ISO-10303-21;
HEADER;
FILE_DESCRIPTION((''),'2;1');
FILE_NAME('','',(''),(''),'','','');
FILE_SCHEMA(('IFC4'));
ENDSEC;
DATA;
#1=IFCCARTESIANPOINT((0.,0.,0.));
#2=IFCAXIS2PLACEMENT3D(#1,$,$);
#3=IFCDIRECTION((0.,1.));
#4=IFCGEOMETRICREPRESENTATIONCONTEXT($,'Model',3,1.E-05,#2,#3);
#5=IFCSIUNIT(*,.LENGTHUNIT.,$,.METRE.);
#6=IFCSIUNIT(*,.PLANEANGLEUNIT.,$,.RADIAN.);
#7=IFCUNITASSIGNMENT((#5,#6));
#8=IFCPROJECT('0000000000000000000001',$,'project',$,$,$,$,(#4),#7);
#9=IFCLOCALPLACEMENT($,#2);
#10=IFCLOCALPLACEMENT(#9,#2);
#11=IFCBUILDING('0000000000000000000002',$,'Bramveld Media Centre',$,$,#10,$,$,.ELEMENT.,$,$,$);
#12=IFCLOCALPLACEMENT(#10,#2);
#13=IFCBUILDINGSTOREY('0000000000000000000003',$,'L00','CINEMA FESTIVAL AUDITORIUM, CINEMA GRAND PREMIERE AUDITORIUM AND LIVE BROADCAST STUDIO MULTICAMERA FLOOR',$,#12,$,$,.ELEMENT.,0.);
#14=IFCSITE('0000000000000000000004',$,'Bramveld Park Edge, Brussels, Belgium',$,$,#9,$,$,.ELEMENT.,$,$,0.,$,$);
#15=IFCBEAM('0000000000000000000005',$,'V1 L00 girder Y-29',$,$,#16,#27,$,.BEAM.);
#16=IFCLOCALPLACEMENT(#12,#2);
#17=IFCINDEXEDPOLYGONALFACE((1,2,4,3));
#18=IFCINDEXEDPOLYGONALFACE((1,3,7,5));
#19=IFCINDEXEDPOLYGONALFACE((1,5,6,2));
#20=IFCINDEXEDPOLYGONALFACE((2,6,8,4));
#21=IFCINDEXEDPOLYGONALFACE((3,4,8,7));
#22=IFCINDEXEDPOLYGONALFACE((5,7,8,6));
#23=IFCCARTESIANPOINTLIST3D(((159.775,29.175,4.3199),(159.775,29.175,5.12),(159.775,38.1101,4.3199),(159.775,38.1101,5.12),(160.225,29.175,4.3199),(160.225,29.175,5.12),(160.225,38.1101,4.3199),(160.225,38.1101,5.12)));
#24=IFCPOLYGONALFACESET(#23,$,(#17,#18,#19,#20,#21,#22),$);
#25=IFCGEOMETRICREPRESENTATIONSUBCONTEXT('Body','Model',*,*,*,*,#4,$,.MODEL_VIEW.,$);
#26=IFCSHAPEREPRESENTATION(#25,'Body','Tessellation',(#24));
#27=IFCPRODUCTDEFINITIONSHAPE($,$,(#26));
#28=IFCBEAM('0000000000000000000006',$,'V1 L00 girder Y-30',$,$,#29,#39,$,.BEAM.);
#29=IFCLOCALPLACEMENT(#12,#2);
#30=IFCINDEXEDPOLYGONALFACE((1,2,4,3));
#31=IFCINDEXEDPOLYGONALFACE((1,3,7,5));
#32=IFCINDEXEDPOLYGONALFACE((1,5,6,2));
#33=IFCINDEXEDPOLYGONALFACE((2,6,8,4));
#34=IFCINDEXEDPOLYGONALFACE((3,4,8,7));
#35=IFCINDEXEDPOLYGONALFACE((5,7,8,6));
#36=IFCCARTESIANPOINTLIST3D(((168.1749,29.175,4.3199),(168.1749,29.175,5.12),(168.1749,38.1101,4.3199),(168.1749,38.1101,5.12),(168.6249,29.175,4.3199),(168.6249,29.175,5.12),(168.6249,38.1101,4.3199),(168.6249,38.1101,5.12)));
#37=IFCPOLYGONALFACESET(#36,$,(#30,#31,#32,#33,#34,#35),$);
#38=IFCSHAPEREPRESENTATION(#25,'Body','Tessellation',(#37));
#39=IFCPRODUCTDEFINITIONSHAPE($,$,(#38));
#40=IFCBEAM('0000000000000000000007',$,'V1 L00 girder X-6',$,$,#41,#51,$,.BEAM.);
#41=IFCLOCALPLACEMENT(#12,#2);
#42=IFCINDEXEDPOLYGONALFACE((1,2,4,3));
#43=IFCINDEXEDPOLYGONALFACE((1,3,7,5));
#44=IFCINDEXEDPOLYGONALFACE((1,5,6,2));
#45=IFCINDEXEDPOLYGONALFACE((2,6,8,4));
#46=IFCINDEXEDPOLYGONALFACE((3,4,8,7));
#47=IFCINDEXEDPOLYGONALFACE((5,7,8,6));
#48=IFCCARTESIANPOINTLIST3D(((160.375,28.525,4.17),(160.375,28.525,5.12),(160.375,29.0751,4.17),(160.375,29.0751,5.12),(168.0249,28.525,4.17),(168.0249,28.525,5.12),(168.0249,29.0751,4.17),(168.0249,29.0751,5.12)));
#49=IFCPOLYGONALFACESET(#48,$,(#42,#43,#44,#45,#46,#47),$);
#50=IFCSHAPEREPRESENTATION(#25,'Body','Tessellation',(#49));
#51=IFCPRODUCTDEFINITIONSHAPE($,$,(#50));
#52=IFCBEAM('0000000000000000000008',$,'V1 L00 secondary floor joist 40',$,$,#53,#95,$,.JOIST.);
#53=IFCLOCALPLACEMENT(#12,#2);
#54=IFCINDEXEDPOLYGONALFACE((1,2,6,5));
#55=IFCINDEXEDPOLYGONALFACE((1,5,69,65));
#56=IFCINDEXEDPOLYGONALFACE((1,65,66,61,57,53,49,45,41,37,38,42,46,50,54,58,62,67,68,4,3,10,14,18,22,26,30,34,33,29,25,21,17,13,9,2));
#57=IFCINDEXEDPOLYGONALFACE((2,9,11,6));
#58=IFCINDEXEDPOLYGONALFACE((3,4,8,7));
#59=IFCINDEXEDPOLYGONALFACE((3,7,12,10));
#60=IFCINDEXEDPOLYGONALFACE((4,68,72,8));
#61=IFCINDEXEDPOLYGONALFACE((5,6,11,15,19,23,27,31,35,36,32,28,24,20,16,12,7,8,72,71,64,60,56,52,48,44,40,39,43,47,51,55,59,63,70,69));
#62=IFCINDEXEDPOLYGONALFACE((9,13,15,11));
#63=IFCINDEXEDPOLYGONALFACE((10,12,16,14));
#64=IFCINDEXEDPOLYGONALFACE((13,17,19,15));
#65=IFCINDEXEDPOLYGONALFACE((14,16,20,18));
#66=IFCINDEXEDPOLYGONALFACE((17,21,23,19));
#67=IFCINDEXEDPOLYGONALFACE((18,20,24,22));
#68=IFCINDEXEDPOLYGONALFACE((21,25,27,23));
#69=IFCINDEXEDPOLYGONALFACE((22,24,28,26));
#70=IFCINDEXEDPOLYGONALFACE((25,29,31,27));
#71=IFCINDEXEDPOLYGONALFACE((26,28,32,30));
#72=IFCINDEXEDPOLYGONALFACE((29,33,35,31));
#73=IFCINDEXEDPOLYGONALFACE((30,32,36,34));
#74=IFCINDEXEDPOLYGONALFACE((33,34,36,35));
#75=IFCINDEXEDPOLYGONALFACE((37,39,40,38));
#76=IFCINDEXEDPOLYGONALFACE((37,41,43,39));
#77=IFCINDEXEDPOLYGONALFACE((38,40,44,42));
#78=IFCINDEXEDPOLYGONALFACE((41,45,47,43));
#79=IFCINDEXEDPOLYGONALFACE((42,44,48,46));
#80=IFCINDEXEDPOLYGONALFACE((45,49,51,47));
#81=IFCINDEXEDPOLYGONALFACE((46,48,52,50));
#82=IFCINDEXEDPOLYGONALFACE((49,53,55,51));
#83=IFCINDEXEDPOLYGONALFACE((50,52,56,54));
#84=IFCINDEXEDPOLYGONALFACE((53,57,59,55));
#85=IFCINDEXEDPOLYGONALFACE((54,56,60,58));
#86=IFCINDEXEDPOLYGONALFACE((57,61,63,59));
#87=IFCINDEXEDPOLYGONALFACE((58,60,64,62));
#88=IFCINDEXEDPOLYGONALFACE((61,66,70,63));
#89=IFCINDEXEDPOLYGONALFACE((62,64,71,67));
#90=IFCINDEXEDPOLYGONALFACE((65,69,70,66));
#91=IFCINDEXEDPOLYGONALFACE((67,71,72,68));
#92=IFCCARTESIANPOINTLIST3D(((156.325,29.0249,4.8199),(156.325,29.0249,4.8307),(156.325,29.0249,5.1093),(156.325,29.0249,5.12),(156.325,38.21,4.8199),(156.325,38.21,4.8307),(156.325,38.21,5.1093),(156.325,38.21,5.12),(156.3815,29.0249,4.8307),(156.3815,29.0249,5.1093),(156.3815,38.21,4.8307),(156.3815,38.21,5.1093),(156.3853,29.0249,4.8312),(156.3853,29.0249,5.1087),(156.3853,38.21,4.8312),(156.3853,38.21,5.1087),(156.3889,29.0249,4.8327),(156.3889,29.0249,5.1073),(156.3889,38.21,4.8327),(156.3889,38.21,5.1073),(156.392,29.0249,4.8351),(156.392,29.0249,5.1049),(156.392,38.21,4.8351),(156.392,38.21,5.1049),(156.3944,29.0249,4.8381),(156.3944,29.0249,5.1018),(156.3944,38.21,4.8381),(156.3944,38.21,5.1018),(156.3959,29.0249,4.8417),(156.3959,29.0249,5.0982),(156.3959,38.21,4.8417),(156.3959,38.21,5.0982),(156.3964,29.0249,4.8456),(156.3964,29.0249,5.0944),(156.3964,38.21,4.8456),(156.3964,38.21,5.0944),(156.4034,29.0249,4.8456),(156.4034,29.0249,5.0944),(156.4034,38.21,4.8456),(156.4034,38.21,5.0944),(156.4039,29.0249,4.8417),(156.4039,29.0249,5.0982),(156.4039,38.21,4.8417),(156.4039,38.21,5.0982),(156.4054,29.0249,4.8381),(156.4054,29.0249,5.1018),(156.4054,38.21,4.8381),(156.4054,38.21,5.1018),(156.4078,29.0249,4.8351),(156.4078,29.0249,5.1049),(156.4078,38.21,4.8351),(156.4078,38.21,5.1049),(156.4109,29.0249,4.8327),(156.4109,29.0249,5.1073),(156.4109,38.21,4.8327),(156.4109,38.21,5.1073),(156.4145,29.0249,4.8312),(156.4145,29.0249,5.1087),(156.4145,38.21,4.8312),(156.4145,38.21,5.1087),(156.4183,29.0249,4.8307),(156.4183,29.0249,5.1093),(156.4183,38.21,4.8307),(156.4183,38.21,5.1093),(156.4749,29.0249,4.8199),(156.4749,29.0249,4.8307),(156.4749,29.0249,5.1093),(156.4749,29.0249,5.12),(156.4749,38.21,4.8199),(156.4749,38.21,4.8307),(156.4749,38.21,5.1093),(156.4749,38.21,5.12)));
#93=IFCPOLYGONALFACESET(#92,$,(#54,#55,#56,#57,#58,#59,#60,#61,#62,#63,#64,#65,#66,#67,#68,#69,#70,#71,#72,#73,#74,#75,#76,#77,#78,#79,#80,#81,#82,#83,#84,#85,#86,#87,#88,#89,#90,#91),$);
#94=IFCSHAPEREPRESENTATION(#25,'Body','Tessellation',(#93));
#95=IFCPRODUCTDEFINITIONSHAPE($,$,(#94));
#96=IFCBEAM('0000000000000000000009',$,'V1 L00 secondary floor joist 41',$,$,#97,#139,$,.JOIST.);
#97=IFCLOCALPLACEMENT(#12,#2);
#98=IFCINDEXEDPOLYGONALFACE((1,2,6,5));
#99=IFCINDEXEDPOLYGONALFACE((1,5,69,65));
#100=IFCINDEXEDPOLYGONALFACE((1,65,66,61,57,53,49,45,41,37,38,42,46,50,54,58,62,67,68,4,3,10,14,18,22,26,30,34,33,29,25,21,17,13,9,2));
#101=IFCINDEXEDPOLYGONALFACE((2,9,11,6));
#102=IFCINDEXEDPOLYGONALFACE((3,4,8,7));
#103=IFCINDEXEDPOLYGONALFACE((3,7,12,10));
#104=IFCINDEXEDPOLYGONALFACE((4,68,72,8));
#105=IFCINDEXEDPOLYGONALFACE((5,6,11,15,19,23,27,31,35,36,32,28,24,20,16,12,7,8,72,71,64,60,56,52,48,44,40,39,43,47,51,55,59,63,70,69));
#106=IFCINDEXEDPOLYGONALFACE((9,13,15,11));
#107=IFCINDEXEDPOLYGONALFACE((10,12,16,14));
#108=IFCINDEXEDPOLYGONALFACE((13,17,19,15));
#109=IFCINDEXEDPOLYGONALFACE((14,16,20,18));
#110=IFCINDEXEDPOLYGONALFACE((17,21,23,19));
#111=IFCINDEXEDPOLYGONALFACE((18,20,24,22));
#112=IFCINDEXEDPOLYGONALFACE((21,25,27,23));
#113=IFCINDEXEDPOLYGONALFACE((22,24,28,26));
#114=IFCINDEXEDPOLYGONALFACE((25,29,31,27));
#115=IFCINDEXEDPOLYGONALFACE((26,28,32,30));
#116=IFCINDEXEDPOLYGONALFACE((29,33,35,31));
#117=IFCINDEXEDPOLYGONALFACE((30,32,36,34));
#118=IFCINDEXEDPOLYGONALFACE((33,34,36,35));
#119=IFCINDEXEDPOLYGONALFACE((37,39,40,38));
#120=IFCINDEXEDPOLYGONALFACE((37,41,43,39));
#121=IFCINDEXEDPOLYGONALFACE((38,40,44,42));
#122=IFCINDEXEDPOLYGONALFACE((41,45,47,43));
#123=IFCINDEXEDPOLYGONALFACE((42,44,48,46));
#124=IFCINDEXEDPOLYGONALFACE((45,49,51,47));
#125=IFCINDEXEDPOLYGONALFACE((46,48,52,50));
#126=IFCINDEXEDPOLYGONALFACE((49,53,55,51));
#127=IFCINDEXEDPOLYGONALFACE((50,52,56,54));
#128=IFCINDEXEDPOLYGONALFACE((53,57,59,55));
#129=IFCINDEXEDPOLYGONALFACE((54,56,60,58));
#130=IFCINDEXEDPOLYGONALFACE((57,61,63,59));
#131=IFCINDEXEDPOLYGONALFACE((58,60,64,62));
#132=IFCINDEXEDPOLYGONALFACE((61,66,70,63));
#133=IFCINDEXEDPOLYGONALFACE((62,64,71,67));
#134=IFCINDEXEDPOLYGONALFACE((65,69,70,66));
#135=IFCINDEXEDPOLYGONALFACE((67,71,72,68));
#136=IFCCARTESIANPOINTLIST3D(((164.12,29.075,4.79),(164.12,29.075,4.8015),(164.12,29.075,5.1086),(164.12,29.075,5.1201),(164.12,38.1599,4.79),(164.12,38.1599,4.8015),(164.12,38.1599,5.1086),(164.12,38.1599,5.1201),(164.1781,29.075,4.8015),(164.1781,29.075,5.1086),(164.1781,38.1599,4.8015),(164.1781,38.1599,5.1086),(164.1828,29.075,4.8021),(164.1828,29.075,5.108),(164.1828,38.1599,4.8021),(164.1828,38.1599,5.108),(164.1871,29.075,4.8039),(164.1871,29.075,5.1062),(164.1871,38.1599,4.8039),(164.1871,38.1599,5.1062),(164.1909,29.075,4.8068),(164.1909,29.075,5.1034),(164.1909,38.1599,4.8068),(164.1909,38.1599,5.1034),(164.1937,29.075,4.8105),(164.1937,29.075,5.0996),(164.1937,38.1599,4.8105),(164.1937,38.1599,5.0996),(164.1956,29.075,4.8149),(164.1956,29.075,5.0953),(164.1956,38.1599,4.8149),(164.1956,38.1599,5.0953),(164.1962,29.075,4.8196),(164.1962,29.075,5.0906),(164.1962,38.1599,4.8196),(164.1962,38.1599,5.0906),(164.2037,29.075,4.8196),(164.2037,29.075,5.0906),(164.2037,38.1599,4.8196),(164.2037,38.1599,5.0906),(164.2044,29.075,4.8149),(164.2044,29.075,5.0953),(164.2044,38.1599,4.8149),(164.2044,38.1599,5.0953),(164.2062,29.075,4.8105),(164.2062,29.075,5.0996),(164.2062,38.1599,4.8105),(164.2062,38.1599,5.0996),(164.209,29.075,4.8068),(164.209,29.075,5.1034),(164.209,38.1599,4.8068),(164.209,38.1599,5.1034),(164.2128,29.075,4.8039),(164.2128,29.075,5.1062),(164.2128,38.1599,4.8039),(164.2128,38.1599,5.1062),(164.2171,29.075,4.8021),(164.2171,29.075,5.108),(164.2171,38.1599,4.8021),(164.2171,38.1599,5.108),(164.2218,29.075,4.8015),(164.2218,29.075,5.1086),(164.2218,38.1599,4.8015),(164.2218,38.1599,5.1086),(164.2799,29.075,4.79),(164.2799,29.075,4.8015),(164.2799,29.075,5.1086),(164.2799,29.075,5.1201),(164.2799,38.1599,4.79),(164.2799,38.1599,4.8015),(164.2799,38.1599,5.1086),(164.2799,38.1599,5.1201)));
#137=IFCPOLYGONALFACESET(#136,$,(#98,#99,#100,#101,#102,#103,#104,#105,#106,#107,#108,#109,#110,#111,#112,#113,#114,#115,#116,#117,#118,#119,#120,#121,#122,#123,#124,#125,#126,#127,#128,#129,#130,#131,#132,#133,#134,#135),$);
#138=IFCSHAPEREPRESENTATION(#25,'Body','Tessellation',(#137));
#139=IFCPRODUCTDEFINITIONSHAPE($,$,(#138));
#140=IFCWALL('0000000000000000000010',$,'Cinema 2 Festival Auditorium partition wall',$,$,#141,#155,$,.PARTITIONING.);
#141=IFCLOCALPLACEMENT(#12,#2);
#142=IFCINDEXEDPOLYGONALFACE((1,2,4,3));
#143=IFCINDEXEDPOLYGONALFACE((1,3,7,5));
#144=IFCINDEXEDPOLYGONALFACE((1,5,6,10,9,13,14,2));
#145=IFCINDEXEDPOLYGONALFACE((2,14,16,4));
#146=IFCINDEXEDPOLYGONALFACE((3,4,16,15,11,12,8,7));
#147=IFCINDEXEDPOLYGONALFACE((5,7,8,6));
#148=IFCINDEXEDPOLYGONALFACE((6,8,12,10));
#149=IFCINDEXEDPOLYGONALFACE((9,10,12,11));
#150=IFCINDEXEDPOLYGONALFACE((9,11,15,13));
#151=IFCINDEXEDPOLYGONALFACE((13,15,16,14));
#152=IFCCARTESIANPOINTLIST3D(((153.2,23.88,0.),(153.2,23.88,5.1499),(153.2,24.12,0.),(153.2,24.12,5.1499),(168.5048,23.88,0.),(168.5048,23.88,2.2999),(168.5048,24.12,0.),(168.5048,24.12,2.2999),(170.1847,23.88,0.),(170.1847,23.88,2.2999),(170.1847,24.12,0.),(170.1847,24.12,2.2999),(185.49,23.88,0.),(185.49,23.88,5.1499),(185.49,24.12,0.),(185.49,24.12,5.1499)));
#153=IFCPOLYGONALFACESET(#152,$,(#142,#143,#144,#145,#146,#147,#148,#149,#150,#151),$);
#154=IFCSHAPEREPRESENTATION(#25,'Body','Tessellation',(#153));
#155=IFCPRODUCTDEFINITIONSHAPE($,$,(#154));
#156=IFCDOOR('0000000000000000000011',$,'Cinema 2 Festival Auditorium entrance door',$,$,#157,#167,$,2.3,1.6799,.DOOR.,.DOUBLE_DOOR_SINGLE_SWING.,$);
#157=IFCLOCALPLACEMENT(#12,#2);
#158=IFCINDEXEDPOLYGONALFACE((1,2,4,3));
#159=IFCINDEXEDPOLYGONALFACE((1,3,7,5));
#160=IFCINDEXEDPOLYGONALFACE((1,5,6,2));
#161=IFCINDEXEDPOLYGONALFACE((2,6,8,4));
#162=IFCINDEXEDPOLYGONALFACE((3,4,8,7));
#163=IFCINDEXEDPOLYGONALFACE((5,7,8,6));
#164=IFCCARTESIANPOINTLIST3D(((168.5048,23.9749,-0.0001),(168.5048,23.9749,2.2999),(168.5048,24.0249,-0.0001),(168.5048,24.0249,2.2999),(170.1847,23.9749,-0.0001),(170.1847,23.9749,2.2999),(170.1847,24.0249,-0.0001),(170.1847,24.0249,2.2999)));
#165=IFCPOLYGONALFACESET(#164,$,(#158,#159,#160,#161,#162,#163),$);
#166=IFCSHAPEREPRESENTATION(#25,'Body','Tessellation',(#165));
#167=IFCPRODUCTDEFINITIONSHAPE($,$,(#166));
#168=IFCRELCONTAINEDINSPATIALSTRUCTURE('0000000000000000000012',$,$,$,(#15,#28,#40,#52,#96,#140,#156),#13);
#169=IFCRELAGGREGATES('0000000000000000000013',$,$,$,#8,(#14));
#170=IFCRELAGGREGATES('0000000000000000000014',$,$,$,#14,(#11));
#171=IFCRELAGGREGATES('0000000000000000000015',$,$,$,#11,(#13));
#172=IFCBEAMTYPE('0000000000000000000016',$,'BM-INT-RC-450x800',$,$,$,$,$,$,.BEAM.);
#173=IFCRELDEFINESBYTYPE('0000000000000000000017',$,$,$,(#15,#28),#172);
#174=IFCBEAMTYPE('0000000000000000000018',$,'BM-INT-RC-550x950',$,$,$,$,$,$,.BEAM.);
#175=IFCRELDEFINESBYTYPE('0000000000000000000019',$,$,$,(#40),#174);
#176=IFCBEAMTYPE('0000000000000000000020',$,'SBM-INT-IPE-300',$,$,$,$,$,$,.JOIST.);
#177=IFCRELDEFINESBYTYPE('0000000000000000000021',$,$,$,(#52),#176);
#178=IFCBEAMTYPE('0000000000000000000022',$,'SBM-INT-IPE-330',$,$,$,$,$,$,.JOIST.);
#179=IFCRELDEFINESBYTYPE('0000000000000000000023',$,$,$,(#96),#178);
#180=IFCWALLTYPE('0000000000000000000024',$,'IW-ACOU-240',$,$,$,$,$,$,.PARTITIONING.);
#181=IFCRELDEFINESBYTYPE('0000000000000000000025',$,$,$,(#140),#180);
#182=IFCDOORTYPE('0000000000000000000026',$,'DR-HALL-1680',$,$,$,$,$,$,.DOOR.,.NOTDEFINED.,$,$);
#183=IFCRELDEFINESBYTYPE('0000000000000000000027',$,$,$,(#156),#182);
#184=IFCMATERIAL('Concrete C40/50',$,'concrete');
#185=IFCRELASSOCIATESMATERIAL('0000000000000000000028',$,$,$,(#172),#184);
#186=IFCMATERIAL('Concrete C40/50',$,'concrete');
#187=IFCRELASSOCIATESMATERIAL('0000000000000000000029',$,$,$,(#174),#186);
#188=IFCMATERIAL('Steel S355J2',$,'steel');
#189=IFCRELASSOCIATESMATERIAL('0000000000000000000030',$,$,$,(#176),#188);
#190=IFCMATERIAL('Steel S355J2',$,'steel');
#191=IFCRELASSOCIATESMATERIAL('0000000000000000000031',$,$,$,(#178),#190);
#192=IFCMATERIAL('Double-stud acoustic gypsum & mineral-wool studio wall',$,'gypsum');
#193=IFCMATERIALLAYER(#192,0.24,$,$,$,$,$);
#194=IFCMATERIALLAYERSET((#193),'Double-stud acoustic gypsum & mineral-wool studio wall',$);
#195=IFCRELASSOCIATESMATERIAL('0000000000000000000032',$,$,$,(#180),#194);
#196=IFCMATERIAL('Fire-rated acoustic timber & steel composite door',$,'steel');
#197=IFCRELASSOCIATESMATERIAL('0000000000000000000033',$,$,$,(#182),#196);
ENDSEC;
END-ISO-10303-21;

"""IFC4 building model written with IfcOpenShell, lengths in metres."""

from ifc_helpers import new_model, si_unit, direction, frame, frame_2d, origin, origin_2d, place, context, subcontext, project, spatial, rectangle, i_section, extrude, material, layer, layer_set, material_profile, profile_set, type_object, element, fill, save


model = new_model("IFC4")

# Units and contexts
model_context = context("Model", 3, precision=1e-05, world=origin(), true_north=direction((0.0, 1.0)))
body_context = subcontext(model_context, "Body", "Model", "MODEL_VIEW")
ifc_project = project(units=[si_unit("LENGTHUNIT", "METRE"), si_unit("PLANEANGLEUNIT", "RADIAN")], contexts=[model_context])

# Site, building, storey
site_placement = place(None, origin())
site = spatial("IfcSite", under=ifc_project, at=site_placement, Name="Bramveld Park Edge, Brussels, Belgium", CompositionType="ELEMENT", RefElevation=0.0)
building_placement = place(site_placement, origin())
building = spatial("IfcBuilding", under=site, at=building_placement, Name="Bramveld Media Centre", CompositionType="ELEMENT")
storey_placement = place(building_placement, origin())
storey = spatial("IfcBuildingStorey", under=building, at=storey_placement, Name="L00", Description="CINEMA FESTIVAL AUDITORIUM, CINEMA GRAND PREMIERE AUDITORIUM AND LIVE BROADCAST STUDIO MULTICAMERA FLOOR", CompositionType="ELEMENT", Elevation=0.0)

# Beams
ifc_material_1 = material(Name="Concrete C40/50", Category="concrete")
ifc_material_profile_1 = material_profile(ifc_material_1, rectangle(XDim=0.45, YDim=0.8, at=origin_2d()), Name="RC 450x800")
ifc_profile_set_1 = profile_set([ifc_material_profile_1], Name="Concrete C40/50")
beam_type_1 = type_object("IfcBeamType", Name="BM-INT-RC-450x800", PredefinedType="BEAM", material=ifc_profile_set_1)
for number, where, z_axis, x_axis, name in (
    (1, (160.0, 29.175, 4.72), (0.0, 1.0, 0.0), (-1.0, 0.0, 0.0), "V1 L00 girder Y-29"),
    (2, (168.3999, 29.175, 4.72), (0.0, 1.0, 0.0), (-1.0, 0.0, 0.0), "V1 L00 girder Y-30"),
):
    element("IfcBeam", number, at=place(storey_placement, frame(where, z_axis=z_axis, x_axis=x_axis)), inside=storey, type_object=beam_type_1, Name=name, PredefinedType="BEAM", context=body_context, shape_type="SweptSolid", body=[
        extrude(rectangle(XDim=0.45, YDim=0.8, at=origin_2d()), origin(), (0.0, 0.0, 1.0), 8.9351),
    ])
ifc_material_2 = material(Name="Concrete C40/50", Category="concrete")
ifc_material_profile_2 = material_profile(ifc_material_2, rectangle(XDim=0.55, YDim=0.95, at=origin_2d()), Name="RC 550x950")
ifc_profile_set_2 = profile_set([ifc_material_profile_2], Name="Concrete C40/50")
beam_type_2 = type_object("IfcBeamType", Name="BM-INT-RC-550x950", PredefinedType="BEAM", material=ifc_profile_set_2)
beam_1_placement = place(storey_placement, frame((160.375, 28.8, 4.645), z_axis=(1.0, 0.0, 0.0), x_axis=(0.0, 1.0, 0.0)))
element("IfcBeam", 3, at=beam_1_placement, inside=storey, type_object=beam_type_2, Name="V1 L00 girder X-6", PredefinedType="BEAM", context=body_context, shape_type="SweptSolid", body=[
    extrude(rectangle(XDim=0.55, YDim=0.95, at=origin_2d()), origin(), (0.0, 0.0, 1.0), 7.6499),
])
ifc_material_3 = material(Name="Steel S355J2", Category="steel")
ifc_material_profile_3 = material_profile(ifc_material_3, i_section(OverallWidth=0.1499, OverallDepth=0.3, WebThickness=0.0071, FlangeThickness=0.0107, FilletRadius=0.0149, at=origin_2d()), Name="IPE 300")
ifc_profile_set_3 = profile_set([ifc_material_profile_3], Name="Steel S355J2")
beam_type_3 = type_object("IfcBeamType", Name="SBM-INT-IPE-300", PredefinedType="JOIST", material=ifc_profile_set_3)
beam_2_placement = place(storey_placement, frame((156.3999, 29.0249, 4.97), z_axis=(0.0, 1.0, 0.0), x_axis=(-1.0, 0.0, 0.0)))
element("IfcBeam", 4, at=beam_2_placement, inside=storey, type_object=beam_type_3, Name="V1 L00 secondary floor joist 40", PredefinedType="JOIST", context=body_context, shape_type="SweptSolid", body=[
    extrude(i_section(OverallWidth=0.1499, OverallDepth=0.3, WebThickness=0.0071, FlangeThickness=0.0107, FilletRadius=0.0149, at=origin_2d()), origin(), (0.0, 0.0, 1.0), 9.1851),
])
ifc_material_4 = material(Name="Steel S355J2", Category="steel")
ifc_material_profile_4 = material_profile(ifc_material_4, i_section(OverallWidth=0.1599, OverallDepth=0.3301, WebThickness=0.0076, FlangeThickness=0.0115, FilletRadius=0.0181, at=origin_2d()), Name="IPE 330")
ifc_profile_set_4 = profile_set([ifc_material_profile_4], Name="Steel S355J2")
beam_type_4 = type_object("IfcBeamType", Name="SBM-INT-IPE-330", PredefinedType="JOIST", material=ifc_profile_set_4)
beam_3_placement = place(storey_placement, frame((164.2, 29.075, 4.9551), z_axis=(0.0, 1.0, 0.0), x_axis=(-1.0, 0.0, 0.0)))
element("IfcBeam", 5, at=beam_3_placement, inside=storey, type_object=beam_type_4, Name="V1 L00 secondary floor joist 41", PredefinedType="JOIST", context=body_context, shape_type="SweptSolid", body=[
    extrude(i_section(OverallWidth=0.1599, OverallDepth=0.3301, WebThickness=0.0076, FlangeThickness=0.0115, FilletRadius=0.0181, at=origin_2d()), origin(), (0.0, 0.0, 1.0), 9.085),
])

# Wall, opening, door
ifc_material_5 = material(Name="Double-stud acoustic gypsum & mineral-wool studio wall", Category="gypsum")
ifc_layer = layer(ifc_material_5, 0.24)
ifc_layer_set = layer_set([ifc_layer], Name="Double-stud acoustic gypsum & mineral-wool studio wall")
wall_type = type_object("IfcWallType", Name="IW-ACOU-240", PredefinedType="PARTITIONING", material=ifc_layer_set)
wall_placement = place(storey_placement, frame((153.2, 24.0, 0.0), z_axis=(0.0, 0.0, 1.0), x_axis=(1.0, 0.0, 0.0)))
wall = element("IfcWall", 6, at=wall_placement, inside=storey, type_object=wall_type, Name="Cinema 2 Festival Auditorium partition wall", PredefinedType="PARTITIONING", context=body_context, shape_type="SweptSolid", body=[
    extrude(rectangle(XDim=32.29, YDim=0.24, at=frame_2d((16.145, 0.0))), origin(), (0.0, 0.0, 1.0), 5.1499),
])
opening_placement = place(wall_placement, frame((15.3049, 0.0, 0.0)))
opening = element("IfcOpeningElement", 7, at=opening_placement, cuts=wall, PredefinedType="OPENING", context=body_context, shape_type="SweptSolid", body=[
    extrude(rectangle(XDim=1.6799, YDim=2.3, at=frame_2d((0.8398, 1.1499))), frame((0.0, 0.1318, 0.0), z_axis=(0.0, -1.0, 0.0), x_axis=(1.0, 0.0, 0.0)), (0.0, 0.0, 1.0), 0.2639),
])
ifc_material_6 = material(Name="Fire-rated acoustic timber & steel composite door", Category="steel")
door_type = type_object("IfcDoorType", Name="DR-HALL-1680", OperationType="NOTDEFINED", PredefinedType="DOOR", material=ifc_material_6)
door_placement = place(opening_placement, origin())
door = element("IfcDoor", 8, at=door_placement, inside=storey, type_object=door_type, Name="Cinema 2 Festival Auditorium entrance door", OperationType="DOUBLE_DOOR_SINGLE_SWING", OverallHeight=2.3, OverallWidth=1.6799, PredefinedType="DOOR", context=body_context, shape_type="SweptSolid", body=[
    extrude(rectangle(XDim=1.6799, YDim=2.3, at=frame_2d((0.8398, 1.1499))), frame((0.0, 0.0249, 0.0), z_axis=(0.0, -1.0, 0.0), x_axis=(1.0, 0.0, 0.0)), (0.0, 0.0, 1.0), 0.05),
])
fill(opening, door)

save(model, "model.ifc")
